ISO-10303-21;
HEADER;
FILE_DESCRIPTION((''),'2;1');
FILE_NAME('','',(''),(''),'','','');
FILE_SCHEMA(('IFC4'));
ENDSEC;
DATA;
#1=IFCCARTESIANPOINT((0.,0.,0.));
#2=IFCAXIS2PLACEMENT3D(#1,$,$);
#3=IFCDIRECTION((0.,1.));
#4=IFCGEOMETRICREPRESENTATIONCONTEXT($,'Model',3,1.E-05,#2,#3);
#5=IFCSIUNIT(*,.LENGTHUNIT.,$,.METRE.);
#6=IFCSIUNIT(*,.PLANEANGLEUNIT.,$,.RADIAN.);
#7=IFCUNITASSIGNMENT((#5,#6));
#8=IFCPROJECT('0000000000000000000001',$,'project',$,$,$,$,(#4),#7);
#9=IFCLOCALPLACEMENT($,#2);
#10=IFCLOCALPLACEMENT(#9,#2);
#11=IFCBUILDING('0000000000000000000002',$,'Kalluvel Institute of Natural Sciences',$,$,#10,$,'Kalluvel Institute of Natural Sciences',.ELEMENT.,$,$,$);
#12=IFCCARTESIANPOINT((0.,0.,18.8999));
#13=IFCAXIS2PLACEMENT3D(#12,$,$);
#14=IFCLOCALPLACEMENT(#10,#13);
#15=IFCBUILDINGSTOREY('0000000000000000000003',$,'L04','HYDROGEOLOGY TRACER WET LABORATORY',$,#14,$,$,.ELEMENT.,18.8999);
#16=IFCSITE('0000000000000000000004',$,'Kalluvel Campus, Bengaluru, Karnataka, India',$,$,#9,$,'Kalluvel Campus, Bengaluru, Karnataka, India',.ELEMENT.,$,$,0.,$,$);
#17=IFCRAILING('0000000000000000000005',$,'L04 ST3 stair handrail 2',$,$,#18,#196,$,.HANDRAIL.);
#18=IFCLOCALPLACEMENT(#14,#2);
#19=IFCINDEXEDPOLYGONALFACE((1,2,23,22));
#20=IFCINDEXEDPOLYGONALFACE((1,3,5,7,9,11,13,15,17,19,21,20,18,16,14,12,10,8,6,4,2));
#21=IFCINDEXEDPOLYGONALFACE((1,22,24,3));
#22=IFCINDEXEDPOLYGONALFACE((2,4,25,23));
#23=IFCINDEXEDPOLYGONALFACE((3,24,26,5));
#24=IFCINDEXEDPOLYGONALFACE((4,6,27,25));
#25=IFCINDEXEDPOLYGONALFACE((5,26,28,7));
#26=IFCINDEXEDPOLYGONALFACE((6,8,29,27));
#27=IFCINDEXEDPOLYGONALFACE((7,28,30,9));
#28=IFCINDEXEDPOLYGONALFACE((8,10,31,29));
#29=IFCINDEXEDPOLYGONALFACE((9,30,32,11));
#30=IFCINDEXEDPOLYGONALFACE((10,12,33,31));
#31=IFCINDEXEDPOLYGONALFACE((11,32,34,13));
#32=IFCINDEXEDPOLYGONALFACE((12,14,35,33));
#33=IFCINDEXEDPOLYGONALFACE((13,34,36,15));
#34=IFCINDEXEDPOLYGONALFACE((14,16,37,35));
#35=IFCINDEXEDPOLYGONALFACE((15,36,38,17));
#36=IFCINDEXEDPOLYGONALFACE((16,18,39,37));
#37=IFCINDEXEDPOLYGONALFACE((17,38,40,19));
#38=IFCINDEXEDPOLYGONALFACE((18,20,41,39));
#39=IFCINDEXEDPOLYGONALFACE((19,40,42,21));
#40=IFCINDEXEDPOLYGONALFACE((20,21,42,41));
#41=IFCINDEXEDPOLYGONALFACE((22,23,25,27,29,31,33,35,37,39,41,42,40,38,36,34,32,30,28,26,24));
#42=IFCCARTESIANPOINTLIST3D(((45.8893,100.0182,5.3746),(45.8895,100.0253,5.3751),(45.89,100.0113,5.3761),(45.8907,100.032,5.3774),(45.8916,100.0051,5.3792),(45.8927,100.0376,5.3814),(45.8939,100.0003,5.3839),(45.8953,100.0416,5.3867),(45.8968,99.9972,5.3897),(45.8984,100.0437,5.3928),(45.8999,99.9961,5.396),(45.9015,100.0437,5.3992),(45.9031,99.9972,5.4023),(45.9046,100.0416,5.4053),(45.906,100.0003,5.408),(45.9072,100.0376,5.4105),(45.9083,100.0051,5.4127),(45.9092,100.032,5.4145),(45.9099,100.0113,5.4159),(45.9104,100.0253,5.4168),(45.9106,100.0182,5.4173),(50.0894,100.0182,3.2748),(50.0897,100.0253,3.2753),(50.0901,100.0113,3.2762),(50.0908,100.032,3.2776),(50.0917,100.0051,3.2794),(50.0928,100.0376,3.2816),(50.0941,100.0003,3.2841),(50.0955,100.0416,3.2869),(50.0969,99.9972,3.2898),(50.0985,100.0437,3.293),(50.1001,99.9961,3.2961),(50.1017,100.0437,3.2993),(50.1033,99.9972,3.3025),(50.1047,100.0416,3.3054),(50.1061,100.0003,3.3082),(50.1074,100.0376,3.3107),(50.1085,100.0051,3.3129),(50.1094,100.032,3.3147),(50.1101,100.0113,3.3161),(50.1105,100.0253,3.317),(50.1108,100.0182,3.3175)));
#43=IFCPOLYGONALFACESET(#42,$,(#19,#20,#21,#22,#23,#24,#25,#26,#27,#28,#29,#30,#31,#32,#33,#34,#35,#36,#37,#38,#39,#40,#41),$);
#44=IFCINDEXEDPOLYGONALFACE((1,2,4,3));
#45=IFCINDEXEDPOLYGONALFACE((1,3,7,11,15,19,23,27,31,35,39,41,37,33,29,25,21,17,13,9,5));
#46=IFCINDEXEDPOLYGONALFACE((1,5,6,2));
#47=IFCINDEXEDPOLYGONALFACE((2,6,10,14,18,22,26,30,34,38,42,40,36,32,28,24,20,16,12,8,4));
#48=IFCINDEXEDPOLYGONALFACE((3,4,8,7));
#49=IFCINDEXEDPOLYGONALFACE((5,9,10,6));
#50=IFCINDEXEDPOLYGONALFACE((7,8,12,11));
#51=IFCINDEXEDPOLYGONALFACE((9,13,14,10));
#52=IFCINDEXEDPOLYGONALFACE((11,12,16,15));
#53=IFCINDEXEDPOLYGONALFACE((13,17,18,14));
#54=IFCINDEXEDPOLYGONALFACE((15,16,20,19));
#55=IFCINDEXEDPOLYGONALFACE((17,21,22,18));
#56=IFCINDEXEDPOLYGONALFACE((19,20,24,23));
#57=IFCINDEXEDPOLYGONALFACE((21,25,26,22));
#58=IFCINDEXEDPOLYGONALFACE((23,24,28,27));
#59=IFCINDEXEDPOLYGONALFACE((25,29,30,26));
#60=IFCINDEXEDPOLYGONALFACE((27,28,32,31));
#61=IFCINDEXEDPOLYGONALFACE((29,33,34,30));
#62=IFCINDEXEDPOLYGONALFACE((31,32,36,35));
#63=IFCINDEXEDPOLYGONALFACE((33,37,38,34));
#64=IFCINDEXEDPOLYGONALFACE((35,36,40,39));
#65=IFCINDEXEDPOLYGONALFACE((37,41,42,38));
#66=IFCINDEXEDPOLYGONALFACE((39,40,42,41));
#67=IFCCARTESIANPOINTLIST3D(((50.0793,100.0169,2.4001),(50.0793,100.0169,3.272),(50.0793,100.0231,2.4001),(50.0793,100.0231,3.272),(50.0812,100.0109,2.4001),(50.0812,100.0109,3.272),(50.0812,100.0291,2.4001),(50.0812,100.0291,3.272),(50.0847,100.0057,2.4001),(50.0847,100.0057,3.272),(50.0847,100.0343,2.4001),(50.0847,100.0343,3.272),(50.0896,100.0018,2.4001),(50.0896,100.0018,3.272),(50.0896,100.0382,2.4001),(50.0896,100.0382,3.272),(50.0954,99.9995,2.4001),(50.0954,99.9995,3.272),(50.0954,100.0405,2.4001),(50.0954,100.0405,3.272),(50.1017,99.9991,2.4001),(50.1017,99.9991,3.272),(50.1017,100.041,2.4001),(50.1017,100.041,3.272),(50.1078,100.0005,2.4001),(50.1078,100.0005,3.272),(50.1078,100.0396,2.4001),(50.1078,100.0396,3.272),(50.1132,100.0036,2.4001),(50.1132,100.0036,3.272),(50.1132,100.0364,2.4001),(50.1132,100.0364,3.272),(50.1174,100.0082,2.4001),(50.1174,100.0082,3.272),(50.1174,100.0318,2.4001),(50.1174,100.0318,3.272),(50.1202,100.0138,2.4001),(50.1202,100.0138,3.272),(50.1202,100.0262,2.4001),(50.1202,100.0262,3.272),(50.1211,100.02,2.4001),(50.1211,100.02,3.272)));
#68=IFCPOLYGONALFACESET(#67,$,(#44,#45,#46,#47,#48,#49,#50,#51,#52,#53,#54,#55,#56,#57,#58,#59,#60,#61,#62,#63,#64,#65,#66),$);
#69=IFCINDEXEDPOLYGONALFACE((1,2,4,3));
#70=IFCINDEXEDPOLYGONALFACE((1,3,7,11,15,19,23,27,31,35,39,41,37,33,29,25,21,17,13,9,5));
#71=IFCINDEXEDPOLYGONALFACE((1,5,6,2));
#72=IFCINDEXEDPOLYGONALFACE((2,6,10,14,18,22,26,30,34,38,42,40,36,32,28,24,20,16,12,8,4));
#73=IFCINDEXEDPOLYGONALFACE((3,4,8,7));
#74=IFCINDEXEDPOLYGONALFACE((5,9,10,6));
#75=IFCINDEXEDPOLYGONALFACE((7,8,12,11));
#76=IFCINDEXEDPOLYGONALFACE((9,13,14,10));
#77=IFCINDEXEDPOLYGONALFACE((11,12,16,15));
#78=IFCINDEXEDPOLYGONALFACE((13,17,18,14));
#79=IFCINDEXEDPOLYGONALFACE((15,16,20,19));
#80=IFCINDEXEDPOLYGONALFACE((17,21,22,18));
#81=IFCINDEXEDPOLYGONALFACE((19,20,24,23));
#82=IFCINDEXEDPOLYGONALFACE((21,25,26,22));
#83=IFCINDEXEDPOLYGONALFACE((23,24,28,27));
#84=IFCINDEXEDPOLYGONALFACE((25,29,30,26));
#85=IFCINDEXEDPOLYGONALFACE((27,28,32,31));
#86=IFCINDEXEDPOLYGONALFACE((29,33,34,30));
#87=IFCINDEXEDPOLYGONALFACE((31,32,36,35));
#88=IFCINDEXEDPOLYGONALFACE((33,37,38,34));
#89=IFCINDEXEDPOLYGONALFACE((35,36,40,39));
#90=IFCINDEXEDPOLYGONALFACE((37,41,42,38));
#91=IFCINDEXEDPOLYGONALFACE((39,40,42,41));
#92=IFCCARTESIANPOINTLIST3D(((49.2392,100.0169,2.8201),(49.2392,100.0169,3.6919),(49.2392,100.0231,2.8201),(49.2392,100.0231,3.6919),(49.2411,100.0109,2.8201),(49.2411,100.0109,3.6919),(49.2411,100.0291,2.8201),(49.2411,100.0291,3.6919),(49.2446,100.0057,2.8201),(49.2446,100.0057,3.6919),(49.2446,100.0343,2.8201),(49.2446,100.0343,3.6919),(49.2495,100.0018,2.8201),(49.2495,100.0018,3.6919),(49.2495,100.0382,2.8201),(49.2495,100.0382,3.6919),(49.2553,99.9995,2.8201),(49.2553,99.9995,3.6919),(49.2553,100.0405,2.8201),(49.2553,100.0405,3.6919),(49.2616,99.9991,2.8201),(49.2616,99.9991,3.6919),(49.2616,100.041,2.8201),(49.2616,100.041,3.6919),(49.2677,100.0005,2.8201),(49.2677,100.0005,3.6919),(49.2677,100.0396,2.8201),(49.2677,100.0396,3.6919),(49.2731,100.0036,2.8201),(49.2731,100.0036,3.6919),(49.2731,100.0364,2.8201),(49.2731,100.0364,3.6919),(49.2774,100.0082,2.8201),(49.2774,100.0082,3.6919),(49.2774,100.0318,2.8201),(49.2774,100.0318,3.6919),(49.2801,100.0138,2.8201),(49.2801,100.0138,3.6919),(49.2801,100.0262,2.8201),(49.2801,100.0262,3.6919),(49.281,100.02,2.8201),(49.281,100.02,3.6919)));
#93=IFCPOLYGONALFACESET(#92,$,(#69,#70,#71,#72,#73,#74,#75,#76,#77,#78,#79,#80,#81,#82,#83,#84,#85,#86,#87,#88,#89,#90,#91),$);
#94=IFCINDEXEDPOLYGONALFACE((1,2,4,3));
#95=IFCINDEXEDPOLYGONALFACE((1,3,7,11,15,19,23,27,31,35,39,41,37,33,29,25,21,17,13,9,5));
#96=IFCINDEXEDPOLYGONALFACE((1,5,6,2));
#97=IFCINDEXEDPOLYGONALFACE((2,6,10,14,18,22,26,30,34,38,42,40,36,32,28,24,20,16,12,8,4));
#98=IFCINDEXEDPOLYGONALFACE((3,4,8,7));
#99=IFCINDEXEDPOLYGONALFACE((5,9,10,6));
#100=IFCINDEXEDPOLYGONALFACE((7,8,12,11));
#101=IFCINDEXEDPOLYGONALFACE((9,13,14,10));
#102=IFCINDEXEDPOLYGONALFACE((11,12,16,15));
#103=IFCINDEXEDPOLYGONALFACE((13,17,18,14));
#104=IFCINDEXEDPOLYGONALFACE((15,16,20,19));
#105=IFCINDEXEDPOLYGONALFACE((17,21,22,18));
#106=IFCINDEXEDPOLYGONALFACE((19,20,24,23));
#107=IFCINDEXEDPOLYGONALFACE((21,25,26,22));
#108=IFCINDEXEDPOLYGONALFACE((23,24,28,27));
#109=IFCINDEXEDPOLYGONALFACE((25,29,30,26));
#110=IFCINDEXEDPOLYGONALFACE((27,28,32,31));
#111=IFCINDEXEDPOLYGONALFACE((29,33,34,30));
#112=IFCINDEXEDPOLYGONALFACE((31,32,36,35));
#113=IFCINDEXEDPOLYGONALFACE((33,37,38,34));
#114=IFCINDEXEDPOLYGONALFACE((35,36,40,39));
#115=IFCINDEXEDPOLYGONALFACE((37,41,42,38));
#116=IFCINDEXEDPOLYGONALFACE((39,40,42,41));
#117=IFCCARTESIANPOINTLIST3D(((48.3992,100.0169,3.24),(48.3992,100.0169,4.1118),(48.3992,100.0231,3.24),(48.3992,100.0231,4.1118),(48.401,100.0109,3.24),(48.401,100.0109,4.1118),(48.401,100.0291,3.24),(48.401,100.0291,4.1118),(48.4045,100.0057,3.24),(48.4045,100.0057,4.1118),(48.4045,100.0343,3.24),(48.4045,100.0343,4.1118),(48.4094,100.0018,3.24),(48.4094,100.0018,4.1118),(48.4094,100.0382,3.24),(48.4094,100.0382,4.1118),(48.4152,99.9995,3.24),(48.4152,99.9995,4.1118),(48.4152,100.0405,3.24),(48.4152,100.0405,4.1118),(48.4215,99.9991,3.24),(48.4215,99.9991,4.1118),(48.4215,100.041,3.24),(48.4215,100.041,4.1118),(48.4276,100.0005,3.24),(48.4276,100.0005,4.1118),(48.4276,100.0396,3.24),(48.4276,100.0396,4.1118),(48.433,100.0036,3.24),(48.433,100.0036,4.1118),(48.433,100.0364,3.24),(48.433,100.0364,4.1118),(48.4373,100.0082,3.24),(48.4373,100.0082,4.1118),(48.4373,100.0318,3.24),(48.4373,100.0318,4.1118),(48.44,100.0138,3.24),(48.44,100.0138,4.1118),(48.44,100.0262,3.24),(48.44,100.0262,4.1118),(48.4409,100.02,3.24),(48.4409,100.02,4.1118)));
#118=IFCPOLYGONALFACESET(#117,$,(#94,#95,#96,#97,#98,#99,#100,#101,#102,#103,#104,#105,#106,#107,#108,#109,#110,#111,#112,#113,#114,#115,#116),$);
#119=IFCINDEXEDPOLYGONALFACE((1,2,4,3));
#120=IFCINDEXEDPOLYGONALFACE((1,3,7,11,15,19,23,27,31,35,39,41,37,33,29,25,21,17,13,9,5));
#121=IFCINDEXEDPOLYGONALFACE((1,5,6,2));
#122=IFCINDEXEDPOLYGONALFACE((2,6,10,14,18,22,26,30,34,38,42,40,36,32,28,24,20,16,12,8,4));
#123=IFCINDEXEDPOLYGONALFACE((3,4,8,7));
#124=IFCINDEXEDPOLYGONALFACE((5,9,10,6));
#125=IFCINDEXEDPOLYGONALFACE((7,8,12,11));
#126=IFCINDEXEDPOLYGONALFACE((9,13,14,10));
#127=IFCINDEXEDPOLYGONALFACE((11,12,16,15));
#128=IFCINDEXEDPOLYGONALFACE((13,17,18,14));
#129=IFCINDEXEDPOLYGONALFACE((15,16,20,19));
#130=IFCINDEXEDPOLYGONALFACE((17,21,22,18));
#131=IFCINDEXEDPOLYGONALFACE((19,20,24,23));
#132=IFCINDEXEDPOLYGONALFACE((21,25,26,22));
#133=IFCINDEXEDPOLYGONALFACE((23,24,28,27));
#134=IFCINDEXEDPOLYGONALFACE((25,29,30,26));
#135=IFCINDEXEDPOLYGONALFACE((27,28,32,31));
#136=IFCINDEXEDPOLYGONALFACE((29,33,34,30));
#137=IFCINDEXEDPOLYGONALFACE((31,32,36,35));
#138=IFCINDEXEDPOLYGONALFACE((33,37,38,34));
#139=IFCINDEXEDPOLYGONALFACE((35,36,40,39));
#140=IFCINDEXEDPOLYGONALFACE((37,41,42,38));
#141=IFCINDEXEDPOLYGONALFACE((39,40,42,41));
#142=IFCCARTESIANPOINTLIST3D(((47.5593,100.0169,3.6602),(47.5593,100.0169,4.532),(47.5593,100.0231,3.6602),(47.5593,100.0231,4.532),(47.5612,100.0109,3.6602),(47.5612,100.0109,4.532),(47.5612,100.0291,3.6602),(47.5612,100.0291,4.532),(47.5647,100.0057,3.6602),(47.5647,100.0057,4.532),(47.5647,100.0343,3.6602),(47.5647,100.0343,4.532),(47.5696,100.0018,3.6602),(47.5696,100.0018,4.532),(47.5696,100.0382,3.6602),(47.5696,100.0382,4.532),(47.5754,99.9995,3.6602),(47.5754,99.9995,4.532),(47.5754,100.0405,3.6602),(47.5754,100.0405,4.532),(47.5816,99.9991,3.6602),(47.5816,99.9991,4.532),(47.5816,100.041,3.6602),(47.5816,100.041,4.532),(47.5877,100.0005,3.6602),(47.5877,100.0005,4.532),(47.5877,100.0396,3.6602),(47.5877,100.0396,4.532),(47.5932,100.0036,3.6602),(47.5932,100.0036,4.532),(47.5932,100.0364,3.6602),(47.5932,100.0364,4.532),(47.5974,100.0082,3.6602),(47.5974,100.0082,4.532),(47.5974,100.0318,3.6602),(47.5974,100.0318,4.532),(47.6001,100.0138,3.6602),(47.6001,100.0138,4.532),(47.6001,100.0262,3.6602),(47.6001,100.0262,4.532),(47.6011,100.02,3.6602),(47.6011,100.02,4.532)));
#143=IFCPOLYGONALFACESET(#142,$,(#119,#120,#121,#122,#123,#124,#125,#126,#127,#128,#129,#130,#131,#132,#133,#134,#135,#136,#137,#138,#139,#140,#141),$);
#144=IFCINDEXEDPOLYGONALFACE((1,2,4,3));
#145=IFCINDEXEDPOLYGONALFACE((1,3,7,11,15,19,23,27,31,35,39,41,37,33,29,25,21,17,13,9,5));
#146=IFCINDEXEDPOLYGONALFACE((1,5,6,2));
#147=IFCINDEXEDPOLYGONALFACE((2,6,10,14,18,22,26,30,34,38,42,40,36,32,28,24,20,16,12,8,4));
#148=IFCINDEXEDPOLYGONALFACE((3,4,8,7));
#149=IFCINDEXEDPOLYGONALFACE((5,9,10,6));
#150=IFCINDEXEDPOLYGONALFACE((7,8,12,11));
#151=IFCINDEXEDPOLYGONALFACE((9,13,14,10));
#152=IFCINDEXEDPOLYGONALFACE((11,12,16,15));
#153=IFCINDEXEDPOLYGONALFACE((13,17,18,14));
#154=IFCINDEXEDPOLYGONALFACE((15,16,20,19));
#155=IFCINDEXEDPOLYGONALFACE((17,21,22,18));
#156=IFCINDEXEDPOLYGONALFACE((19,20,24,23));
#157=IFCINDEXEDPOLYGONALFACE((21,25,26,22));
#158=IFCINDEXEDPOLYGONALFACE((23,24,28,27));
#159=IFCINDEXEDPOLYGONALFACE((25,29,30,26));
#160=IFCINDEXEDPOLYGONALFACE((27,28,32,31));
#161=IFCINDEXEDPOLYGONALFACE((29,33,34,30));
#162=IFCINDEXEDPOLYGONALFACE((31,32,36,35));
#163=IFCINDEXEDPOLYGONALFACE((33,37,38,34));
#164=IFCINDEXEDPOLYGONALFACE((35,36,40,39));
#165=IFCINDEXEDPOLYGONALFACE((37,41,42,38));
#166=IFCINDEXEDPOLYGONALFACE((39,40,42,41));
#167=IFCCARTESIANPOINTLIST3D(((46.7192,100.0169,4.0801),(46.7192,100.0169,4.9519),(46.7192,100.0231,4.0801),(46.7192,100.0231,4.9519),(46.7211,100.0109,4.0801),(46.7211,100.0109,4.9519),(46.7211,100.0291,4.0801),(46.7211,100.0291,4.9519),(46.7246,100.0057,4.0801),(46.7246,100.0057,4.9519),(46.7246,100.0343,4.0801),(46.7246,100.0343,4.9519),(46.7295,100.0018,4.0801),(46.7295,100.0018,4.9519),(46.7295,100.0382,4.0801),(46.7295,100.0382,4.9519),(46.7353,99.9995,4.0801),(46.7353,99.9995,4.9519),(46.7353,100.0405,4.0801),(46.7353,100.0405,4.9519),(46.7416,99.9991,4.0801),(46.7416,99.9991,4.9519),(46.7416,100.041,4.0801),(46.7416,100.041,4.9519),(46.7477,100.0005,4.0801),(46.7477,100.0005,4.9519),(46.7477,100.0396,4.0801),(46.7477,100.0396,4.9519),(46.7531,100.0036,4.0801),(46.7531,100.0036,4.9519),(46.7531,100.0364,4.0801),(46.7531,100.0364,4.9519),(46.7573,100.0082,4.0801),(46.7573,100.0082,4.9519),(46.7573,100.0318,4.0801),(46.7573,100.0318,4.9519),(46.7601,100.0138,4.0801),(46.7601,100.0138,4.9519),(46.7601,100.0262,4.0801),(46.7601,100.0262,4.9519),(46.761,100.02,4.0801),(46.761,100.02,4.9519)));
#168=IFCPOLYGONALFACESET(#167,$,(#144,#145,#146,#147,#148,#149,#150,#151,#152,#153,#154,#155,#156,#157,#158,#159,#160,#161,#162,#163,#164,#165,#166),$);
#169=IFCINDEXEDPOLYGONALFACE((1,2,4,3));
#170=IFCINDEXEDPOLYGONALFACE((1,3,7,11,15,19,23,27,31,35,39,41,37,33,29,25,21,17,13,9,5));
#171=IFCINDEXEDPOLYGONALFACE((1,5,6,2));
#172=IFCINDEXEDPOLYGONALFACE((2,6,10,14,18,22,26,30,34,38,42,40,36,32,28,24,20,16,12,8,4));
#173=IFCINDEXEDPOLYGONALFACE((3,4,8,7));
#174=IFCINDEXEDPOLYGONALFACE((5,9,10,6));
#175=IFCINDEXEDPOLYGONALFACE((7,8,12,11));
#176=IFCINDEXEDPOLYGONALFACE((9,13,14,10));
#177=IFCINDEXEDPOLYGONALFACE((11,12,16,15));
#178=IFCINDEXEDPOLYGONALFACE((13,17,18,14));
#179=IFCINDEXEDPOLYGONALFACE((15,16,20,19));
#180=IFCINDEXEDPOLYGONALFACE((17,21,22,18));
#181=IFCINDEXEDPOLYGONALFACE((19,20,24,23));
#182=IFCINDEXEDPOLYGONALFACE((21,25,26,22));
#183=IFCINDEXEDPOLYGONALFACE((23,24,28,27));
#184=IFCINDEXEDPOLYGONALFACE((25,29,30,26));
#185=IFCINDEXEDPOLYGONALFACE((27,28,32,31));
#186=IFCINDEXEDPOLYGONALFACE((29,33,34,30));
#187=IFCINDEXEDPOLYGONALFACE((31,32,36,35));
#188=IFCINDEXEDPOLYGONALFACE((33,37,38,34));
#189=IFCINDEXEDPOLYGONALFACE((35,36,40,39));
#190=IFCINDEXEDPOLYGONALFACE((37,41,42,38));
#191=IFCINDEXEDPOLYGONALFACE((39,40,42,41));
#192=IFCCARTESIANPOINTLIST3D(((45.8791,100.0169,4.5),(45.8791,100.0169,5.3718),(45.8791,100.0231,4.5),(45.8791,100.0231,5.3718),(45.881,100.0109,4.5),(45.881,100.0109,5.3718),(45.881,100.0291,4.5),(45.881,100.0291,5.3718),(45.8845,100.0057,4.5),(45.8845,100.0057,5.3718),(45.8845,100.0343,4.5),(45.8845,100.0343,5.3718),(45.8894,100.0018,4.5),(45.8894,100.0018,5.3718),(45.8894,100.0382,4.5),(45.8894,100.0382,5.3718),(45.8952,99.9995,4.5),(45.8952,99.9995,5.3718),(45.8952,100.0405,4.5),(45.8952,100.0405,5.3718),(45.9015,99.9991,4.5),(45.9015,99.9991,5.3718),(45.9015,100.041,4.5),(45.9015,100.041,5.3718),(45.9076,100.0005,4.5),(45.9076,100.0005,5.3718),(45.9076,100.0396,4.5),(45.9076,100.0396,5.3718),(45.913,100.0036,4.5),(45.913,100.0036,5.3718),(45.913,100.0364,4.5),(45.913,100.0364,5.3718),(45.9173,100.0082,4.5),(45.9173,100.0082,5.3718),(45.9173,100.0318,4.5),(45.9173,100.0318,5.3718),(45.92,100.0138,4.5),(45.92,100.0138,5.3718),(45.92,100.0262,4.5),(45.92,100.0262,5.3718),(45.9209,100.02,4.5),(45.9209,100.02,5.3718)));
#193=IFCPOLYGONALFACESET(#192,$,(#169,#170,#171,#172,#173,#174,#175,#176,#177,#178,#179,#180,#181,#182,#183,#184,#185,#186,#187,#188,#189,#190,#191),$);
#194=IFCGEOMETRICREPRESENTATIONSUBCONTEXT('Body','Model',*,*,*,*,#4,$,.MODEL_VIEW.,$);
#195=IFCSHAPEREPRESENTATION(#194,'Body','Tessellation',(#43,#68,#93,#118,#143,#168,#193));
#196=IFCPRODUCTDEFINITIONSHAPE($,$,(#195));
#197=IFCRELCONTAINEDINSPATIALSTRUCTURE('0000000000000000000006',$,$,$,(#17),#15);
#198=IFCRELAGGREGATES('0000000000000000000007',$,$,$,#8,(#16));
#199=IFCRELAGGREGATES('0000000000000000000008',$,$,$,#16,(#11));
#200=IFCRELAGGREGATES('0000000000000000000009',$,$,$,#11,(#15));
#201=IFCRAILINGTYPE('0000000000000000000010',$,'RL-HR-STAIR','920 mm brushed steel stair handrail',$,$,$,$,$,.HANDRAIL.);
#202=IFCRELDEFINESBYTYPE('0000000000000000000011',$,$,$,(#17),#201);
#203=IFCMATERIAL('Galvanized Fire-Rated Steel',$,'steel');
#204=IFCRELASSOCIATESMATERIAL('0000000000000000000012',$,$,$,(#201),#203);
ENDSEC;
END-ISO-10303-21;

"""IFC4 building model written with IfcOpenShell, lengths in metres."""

from ifc_helpers import new_model, si_unit, direction, frame, origin, origin_2d, place, context, subcontext, project, spatial, circle, extrude, material, type_object, element, save


model = new_model("IFC4")

# Units and contexts
model_context = context("Model", 3, precision=1e-05, world=origin(), true_north=direction((0.0, 1.0)))
body_context = subcontext(model_context, "Body", "Model", "MODEL_VIEW")
ifc_project = project(units=[si_unit("LENGTHUNIT", "METRE"), si_unit("PLANEANGLEUNIT", "RADIAN")], contexts=[model_context])

# Site, building, storey
site_placement = place(None, origin())
site = spatial("IfcSite", under=ifc_project, at=site_placement, Name="Kalluvel Campus, Bengaluru, Karnataka, India", LongName="Kalluvel Campus, Bengaluru, Karnataka, India", CompositionType="ELEMENT", RefElevation=0.0)
building_placement = place(site_placement, origin())
building = spatial("IfcBuilding", under=site, at=building_placement, Name="Kalluvel Institute of Natural Sciences", LongName="Kalluvel Institute of Natural Sciences", CompositionType="ELEMENT")
storey_placement = place(building_placement, frame((0.0, 0.0, 18.8999)))
storey = spatial("IfcBuildingStorey", under=building, at=storey_placement, Name="L04", Description="HYDROGEOLOGY TRACER WET LABORATORY", CompositionType="ELEMENT", Elevation=18.8999)

# Shared definitions
ifc_material_1 = material(Name="Galvanized Fire-Rated Steel", Category="steel")

# Railing
railing_type = type_object("IfcRailingType", Name="RL-HR-STAIR", Description="920 mm brushed steel stair handrail", PredefinedType="HANDRAIL", material=ifc_material_1)
railing_placement = place(storey_placement, frame((50.1001, 100.02, 2.4001)))
element("IfcRailing", 1, at=railing_placement, inside=storey, type_object=railing_type, Name="L04 ST3 stair handrail 2", PredefinedType="HANDRAIL", context=body_context, shape_type="SweptSolid", body=[
    extrude(circle(Radius=0.0239, at=origin_2d()), frame((0.0, 0.0, 0.896), z_axis=(-0.894448, 0.0, 0.447172), x_axis=(0.0, -1.0, 0.0)), (0.0, 0.0, 1.0), 4.6958),
    extrude(circle(Radius=0.021, at=origin_2d()), origin(), (0.0, 0.0, 1.0), 0.8718),
    extrude(circle(Radius=0.021, at=origin_2d()), frame((-0.8401, 0.0, 0.4199)), (0.0, 0.0, 1.0), 0.8718),
    extrude(circle(Radius=0.021, at=origin_2d()), frame((-1.6802, 0.0, 0.8398)), (0.0, 0.0, 1.0), 0.8718),
    extrude(circle(Radius=0.021, at=origin_2d()), frame((-2.52, 0.0, 1.26)), (0.0, 0.0, 1.0), 0.8718),
    extrude(circle(Radius=0.021, at=origin_2d()), frame((-3.3601, 0.0, 1.6799)), (0.0, 0.0, 1.0), 0.8718),
    extrude(circle(Radius=0.021, at=origin_2d()), frame((-4.2002, 0.0, 2.0999)), (0.0, 0.0, 1.0), 0.8718),
])

save(model, "model.ifc")
